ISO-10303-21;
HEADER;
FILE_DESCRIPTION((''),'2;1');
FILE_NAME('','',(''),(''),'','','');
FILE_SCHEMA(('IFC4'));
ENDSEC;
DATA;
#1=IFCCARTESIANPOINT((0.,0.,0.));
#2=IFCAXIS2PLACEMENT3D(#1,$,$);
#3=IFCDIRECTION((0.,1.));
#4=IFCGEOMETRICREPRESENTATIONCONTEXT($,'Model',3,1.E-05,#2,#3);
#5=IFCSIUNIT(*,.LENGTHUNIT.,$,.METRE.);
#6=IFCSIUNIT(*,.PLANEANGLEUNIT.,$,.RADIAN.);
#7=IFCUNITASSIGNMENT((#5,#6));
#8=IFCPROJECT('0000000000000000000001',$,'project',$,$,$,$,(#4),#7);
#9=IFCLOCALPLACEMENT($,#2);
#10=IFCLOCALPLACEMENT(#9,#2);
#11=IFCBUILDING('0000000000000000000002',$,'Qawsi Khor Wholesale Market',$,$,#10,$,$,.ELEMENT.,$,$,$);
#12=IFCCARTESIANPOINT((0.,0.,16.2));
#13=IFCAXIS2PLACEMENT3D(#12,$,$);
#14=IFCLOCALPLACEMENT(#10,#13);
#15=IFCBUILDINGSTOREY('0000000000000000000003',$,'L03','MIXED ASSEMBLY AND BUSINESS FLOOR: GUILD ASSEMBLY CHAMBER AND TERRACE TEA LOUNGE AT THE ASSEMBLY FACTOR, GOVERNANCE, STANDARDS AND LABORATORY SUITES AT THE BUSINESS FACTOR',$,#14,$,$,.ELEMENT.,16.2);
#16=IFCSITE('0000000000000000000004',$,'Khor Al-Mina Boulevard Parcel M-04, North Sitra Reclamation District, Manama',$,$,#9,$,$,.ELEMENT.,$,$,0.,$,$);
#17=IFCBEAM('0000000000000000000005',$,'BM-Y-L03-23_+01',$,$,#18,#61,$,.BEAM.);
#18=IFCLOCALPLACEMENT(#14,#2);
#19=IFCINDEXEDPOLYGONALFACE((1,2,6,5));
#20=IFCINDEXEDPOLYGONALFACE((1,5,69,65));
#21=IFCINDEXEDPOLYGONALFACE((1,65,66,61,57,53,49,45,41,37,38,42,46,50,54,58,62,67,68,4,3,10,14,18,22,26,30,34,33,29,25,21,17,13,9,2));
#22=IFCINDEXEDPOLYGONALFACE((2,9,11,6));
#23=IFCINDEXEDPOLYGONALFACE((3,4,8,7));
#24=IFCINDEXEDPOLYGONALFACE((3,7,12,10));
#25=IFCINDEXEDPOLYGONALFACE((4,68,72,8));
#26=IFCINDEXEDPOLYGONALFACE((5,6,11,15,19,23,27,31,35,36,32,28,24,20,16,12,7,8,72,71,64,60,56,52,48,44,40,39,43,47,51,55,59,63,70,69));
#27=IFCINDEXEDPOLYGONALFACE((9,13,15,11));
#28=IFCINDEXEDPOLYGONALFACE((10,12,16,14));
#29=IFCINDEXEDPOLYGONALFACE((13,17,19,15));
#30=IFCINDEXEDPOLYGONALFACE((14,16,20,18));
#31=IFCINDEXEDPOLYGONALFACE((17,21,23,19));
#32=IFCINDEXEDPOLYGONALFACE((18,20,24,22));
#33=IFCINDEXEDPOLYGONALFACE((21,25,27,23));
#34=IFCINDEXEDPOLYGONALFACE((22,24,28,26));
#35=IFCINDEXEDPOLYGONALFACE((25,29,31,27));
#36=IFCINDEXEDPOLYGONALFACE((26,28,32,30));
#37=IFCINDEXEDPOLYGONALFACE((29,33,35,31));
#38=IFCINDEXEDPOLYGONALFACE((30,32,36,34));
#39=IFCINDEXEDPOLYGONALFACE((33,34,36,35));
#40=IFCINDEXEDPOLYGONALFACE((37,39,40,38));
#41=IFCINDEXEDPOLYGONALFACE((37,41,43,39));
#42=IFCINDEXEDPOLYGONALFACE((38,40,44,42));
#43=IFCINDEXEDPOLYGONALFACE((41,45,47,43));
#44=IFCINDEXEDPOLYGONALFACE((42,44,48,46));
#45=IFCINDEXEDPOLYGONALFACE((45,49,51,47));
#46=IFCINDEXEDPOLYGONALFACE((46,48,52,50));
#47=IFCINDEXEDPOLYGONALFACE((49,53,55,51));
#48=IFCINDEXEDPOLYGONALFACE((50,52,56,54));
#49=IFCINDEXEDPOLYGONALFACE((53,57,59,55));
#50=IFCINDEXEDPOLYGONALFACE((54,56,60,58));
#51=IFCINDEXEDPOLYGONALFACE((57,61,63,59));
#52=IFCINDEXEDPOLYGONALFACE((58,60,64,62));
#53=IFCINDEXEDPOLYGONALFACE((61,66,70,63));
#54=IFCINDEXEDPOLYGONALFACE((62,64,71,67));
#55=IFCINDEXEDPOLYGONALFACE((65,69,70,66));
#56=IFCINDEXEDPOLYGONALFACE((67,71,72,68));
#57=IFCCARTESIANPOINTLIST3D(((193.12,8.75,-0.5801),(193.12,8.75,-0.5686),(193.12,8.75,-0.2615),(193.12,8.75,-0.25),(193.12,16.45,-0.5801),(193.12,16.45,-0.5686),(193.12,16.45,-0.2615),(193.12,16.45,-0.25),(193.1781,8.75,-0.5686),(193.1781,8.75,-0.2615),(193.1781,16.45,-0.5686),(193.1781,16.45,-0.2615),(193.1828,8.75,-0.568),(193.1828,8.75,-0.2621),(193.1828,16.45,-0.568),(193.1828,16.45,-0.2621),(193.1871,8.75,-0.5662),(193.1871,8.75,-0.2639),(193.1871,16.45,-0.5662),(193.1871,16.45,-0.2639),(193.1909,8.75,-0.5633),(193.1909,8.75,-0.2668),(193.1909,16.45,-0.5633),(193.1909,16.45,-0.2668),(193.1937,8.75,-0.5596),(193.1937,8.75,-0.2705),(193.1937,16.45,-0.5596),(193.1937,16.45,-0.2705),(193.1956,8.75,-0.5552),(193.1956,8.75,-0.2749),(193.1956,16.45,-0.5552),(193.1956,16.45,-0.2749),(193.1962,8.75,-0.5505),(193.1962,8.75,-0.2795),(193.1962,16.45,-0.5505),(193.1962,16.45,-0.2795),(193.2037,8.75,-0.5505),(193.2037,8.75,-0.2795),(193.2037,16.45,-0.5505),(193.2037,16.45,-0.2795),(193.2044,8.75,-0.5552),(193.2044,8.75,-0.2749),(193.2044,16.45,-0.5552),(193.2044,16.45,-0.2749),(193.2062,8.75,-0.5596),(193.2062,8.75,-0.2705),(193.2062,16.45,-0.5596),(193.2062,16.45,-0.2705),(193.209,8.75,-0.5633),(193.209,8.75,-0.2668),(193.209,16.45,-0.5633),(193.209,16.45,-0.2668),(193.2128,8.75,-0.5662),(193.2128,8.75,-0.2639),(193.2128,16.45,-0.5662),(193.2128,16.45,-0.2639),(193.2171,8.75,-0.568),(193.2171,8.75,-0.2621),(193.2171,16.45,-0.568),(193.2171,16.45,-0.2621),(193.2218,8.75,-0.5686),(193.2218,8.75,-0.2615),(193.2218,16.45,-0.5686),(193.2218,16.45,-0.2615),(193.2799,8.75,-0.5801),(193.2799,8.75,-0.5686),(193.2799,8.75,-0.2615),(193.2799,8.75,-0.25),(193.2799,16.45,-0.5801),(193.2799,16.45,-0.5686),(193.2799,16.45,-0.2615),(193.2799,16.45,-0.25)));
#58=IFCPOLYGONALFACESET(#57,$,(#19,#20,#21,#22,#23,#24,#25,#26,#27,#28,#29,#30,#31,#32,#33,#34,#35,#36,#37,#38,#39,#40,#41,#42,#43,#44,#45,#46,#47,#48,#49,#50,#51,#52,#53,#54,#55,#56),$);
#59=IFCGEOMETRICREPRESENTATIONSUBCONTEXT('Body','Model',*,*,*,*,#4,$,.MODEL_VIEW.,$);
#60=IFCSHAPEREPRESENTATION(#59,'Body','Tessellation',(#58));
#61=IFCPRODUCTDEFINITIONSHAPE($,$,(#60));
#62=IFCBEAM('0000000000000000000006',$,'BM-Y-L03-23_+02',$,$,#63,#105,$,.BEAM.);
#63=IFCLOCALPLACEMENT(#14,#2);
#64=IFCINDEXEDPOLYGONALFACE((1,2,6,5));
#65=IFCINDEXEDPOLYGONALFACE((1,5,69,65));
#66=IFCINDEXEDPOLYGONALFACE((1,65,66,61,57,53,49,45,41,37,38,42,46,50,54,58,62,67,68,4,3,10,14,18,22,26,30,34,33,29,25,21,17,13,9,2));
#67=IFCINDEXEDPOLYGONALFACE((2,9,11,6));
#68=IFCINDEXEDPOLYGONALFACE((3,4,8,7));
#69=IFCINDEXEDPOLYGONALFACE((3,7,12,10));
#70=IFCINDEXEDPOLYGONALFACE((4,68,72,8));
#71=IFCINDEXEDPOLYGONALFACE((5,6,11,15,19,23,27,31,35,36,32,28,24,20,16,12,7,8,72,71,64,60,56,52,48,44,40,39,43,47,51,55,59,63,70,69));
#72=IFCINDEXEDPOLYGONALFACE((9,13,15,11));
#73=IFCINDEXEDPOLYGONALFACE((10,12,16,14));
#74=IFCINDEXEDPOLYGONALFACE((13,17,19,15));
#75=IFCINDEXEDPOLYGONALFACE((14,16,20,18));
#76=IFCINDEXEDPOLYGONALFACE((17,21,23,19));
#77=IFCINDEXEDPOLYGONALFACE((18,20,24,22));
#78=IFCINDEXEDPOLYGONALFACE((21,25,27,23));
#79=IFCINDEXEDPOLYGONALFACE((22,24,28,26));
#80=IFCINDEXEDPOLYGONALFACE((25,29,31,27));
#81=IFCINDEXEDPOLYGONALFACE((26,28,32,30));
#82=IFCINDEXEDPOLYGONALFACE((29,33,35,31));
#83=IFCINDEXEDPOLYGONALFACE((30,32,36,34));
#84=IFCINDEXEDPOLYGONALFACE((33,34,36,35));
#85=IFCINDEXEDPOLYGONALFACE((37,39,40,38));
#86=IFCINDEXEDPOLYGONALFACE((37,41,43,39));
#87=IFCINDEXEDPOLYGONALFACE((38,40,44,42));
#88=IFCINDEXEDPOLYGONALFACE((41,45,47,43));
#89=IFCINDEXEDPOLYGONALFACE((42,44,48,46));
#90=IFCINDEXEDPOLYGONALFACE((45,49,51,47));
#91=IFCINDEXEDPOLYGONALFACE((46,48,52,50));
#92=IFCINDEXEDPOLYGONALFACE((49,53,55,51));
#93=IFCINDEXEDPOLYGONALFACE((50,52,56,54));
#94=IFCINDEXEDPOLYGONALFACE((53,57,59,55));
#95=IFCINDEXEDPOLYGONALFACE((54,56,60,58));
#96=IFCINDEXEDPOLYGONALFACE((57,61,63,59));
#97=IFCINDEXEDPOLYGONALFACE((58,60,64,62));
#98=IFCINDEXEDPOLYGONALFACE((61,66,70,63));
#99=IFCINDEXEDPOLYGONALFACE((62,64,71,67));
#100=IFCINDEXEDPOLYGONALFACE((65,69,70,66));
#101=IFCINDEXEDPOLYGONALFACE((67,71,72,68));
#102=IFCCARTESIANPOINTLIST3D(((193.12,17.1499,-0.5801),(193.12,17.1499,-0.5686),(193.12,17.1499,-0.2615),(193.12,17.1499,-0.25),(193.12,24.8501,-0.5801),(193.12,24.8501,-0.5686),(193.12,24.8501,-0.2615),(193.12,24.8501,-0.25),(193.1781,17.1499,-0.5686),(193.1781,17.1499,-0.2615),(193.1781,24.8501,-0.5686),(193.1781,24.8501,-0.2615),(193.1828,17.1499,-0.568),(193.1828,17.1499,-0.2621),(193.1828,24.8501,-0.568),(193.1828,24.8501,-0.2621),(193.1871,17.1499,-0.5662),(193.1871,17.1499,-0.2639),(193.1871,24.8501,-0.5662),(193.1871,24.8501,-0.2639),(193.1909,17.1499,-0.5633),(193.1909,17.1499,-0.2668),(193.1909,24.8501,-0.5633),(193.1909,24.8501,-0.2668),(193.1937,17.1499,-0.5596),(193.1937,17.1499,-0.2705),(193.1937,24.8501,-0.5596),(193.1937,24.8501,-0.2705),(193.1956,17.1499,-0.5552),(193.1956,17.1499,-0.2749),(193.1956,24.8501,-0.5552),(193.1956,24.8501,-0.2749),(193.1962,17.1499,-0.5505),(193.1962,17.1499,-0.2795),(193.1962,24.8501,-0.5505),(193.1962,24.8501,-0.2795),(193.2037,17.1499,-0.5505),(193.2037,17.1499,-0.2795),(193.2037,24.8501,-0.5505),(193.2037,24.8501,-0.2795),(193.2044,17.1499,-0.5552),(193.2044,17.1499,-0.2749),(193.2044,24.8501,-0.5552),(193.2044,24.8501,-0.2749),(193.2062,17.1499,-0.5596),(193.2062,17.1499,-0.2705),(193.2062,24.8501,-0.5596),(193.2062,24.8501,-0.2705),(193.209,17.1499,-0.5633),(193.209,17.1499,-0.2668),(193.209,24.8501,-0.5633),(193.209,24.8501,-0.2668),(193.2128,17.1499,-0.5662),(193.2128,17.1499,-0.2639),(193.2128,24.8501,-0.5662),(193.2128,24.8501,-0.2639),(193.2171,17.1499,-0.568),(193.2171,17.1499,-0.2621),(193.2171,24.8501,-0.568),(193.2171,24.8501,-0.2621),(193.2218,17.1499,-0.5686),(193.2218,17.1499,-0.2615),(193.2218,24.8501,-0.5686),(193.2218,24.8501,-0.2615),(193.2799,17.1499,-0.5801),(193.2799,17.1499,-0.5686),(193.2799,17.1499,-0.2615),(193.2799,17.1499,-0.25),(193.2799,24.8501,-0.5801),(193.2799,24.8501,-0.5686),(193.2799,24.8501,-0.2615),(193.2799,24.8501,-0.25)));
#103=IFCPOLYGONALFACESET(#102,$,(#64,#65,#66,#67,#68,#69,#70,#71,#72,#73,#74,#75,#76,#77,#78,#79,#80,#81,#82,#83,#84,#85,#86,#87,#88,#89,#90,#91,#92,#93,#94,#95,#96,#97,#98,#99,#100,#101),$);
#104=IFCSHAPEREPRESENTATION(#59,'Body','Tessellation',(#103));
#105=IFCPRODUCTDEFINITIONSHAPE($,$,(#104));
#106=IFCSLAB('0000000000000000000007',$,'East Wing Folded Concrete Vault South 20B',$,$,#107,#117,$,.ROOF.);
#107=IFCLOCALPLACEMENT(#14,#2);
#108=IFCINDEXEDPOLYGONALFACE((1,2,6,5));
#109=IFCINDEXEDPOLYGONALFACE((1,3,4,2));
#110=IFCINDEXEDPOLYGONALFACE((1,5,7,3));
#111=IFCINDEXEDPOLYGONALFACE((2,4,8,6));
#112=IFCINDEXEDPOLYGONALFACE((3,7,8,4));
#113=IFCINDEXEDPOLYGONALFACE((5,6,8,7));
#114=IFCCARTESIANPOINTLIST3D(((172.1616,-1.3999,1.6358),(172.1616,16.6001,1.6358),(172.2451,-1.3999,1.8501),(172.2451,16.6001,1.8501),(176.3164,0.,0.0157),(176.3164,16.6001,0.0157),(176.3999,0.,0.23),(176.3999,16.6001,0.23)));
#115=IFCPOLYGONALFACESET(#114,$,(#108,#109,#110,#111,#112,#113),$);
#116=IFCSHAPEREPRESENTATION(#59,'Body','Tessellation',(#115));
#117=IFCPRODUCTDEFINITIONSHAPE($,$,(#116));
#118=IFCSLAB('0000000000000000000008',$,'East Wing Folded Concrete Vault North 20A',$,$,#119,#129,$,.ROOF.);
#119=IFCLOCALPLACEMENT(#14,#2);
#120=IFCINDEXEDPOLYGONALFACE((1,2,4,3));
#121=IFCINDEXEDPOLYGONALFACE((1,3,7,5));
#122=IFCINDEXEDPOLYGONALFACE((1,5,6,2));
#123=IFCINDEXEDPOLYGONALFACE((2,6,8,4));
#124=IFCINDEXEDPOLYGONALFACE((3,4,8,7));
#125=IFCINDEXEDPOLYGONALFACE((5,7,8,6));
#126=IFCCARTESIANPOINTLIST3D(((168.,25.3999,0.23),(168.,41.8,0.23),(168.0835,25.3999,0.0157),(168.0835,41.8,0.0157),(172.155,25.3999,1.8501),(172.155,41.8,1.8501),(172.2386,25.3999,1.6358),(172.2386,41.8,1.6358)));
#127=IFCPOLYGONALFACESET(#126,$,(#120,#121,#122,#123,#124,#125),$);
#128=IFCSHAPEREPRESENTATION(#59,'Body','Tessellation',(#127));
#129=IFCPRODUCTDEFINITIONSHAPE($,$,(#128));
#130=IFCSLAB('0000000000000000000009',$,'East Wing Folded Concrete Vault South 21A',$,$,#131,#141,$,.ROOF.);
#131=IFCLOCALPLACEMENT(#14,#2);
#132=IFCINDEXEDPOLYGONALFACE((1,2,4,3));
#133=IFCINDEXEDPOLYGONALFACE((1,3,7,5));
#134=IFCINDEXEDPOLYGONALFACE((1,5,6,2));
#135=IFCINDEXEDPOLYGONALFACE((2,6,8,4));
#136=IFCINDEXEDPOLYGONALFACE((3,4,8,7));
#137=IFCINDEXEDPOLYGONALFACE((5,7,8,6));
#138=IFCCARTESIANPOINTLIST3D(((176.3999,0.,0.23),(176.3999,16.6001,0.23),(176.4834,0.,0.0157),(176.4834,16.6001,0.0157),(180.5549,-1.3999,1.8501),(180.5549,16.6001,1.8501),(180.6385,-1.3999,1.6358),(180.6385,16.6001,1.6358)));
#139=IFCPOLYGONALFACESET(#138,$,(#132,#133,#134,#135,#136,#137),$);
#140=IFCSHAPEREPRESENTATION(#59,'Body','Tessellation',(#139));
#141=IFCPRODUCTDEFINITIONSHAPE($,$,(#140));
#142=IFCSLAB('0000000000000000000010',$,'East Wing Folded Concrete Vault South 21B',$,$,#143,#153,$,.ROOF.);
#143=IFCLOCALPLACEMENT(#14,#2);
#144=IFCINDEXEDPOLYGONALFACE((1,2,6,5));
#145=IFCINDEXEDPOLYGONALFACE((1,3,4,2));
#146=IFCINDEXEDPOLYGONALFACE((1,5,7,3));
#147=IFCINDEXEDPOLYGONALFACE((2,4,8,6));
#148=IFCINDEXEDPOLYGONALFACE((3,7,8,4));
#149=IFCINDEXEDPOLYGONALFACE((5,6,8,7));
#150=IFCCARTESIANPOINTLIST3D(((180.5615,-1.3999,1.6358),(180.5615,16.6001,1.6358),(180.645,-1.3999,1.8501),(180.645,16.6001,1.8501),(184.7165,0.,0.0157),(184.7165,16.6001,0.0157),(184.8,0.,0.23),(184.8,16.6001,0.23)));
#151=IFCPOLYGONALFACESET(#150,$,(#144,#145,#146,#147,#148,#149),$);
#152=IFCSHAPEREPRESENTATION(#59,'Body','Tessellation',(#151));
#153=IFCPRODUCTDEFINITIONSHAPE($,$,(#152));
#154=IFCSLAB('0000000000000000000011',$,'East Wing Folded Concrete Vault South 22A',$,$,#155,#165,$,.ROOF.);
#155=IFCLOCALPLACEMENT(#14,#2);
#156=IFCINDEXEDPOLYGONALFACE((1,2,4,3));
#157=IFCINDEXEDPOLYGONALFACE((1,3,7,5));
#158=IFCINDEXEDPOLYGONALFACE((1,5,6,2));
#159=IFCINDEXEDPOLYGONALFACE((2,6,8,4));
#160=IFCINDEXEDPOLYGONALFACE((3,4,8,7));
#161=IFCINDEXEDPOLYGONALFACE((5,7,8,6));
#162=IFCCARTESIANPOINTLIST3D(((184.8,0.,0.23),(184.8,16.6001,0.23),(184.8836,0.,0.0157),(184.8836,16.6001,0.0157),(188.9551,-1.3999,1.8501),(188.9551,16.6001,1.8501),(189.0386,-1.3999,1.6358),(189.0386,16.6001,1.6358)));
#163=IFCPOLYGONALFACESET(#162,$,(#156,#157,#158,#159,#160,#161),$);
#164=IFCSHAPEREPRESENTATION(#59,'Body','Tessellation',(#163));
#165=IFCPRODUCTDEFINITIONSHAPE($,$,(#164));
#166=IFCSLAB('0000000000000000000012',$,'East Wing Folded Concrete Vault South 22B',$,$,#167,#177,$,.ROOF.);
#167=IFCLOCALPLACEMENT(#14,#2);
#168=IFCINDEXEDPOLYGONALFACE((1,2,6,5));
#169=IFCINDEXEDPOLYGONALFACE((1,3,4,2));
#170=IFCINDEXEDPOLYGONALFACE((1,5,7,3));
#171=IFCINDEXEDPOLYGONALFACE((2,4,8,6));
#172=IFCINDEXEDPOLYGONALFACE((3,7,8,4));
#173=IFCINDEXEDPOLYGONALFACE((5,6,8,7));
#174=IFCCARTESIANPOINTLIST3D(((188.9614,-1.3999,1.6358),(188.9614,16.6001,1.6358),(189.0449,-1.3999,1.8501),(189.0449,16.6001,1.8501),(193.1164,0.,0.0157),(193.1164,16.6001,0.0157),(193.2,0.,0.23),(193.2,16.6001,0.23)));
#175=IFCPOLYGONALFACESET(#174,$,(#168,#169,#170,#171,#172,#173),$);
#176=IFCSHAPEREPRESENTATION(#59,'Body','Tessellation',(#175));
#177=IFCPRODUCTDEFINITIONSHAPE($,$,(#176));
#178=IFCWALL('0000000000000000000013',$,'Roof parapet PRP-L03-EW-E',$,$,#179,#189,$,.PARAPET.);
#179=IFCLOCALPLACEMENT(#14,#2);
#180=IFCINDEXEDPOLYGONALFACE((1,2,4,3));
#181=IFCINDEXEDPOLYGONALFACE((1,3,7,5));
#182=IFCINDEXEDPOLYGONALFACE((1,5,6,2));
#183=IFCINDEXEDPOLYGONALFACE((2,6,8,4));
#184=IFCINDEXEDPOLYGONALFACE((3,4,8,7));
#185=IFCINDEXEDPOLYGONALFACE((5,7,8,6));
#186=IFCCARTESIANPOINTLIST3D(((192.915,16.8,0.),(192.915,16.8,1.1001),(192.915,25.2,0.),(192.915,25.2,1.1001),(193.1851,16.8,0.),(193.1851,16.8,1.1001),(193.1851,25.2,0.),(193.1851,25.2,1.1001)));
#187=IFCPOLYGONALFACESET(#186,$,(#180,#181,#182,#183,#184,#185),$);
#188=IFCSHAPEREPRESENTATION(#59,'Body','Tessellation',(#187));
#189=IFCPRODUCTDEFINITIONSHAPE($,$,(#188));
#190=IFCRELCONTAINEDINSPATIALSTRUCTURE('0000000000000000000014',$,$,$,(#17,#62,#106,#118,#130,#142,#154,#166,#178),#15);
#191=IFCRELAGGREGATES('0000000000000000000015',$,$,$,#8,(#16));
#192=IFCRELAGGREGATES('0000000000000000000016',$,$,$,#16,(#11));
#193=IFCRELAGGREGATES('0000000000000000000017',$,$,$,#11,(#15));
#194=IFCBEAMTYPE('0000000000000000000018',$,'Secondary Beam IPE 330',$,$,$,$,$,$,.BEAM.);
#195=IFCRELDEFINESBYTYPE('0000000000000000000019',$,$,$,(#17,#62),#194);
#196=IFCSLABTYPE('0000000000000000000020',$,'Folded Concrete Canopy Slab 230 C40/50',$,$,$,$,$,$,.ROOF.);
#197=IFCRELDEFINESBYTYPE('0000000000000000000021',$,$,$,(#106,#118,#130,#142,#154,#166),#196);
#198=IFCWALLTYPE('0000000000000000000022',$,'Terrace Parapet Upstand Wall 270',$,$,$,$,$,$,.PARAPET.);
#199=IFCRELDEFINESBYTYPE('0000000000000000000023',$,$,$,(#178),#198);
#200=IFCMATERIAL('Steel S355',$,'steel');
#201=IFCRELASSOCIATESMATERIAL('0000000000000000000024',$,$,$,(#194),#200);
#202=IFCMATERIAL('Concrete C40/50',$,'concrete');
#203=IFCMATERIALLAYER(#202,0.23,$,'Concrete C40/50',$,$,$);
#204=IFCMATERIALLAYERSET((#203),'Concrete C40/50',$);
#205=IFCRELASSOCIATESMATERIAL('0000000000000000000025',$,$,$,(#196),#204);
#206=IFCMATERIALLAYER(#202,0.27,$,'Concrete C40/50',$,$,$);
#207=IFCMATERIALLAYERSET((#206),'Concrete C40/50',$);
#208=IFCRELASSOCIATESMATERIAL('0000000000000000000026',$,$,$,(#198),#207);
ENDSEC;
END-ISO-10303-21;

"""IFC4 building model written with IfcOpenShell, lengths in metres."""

from ifc_helpers import new_model, si_unit, direction, frame, frame_2d, origin, origin_2d, place, context, subcontext, project, spatial, polyline, rectangle, i_section, outline, extrude, material, layer, layer_set, material_profile, profile_set, type_object, element, save


model = new_model("IFC4")

# Units and contexts
model_context = context("Model", 3, precision=1e-05, world=origin(), true_north=direction((0.0, 1.0)))
body_context = subcontext(model_context, "Body", "Model", "MODEL_VIEW")
ifc_project = project(units=[si_unit("LENGTHUNIT", "METRE"), si_unit("PLANEANGLEUNIT", "RADIAN")], contexts=[model_context])

# Site, building, storey
site_placement = place(None, origin())
site = spatial("IfcSite", under=ifc_project, at=site_placement, Name="Khor Al-Mina Boulevard Parcel M-04, North Sitra Reclamation District, Manama", CompositionType="ELEMENT", RefElevation=0.0)
building_placement = place(site_placement, origin())
building = spatial("IfcBuilding", under=site, at=building_placement, Name="Qawsi Khor Wholesale Market", CompositionType="ELEMENT")
storey_placement = place(building_placement, frame((0.0, 0.0, 16.2)))
storey = spatial("IfcBuildingStorey", under=building, at=storey_placement, Name="L03", Description="MIXED ASSEMBLY AND BUSINESS FLOOR: GUILD ASSEMBLY CHAMBER AND TERRACE TEA LOUNGE AT THE ASSEMBLY FACTOR, GOVERNANCE, STANDARDS AND LABORATORY SUITES AT THE BUSINESS FACTOR", CompositionType="ELEMENT", Elevation=16.2)

# Shared definitions
ifc_material_1 = material(Name="Steel S355", Category="steel")

# Beams
ifc_material_profile_1 = material_profile(ifc_material_1, i_section(OverallWidth=0.1599, OverallDepth=0.3301, WebThickness=0.0076, FlangeThickness=0.0115, FilletRadius=0.0181, at=origin_2d()), Name="IPE 330")
ifc_profile_set_1 = profile_set([ifc_material_profile_1], Name="Steel S355")
beam_type_1 = type_object("IfcBeamType", Name="Secondary Beam IPE 330", PredefinedType="BEAM", material=ifc_profile_set_1)
for number, where, z_axis, x_axis, name in (
    (1, (193.2, 8.75, -0.415), (0.0, 1.0, 0.0), (-1.0, 0.0, 0.0), "BM-Y-L03-23_+01"),
):
    element("IfcBeam", number, at=place(storey_placement, frame(where, z_axis=z_axis, x_axis=x_axis)), inside=storey, type_object=beam_type_1, Name=name, PredefinedType="BEAM", context=body_context, shape_type="SweptSolid", body=[
        extrude(i_section(OverallWidth=0.1599, OverallDepth=0.3301, WebThickness=0.0076, FlangeThickness=0.0115, FilletRadius=0.0181, at=origin_2d()), origin(), (0.0, 0.0, 1.0), 7.7),
    ])
beam_1_placement = place(storey_placement, frame((193.2, 17.1499, -0.415), z_axis=(0.0, 1.0, 0.0), x_axis=(-1.0, 0.0, 0.0)))
element("IfcBeam", 2, at=beam_1_placement, inside=storey, type_object=beam_type_1, Name="BM-Y-L03-23_+02", PredefinedType="BEAM", context=body_context, shape_type="SweptSolid", body=[
    extrude(i_section(OverallWidth=0.1599, OverallDepth=0.3301, WebThickness=0.0076, FlangeThickness=0.0115, FilletRadius=0.0181, at=origin_2d()), origin(), (0.0, 0.0, 1.0), 7.7002),
])

# Slabs
ifc_material_2 = material(Name="Concrete C40/50", Category="concrete")
ifc_layer_1 = layer(ifc_material_2, 0.23, Name="Concrete C40/50")
ifc_layer_set_1 = layer_set([ifc_layer_1], Name="Concrete C40/50")
slab_type = type_object("IfcSlabType", Name="Folded Concrete Canopy Slab 230 C40/50", PredefinedType="ROOF", material=ifc_layer_set_1)
slab_1_placement = place(storey_placement, frame((172.2451, -1.3999, 1.8501), z_axis=(0.363297, 0.0, 0.931673), x_axis=(0.888905, 0.299505, -0.34662)))
element("IfcSlab", 3, at=slab_1_placement, inside=storey, type_object=slab_type, Name="East Wing Folded Concrete Vault South 20B", PredefinedType="ROOF", context=body_context, shape_type="SweptSolid", body=[
    extrude(outline(polyline([(0.0, 0.0), (4.6741, 0.0), (9.6459, 15.8381), (5.3911, 17.1737), (0.0, 0.0)])), origin(), (0.0, 0.0, -1.0), 0.23),
])
slab_2_placement = place(storey_placement, frame((168.0, 25.3999, 0.23), z_axis=(-0.363278, 0.0, 0.931681), x_axis=(0.931681, 0.0, 0.363278)))
element("IfcSlab", 4, at=slab_2_placement, inside=storey, type_object=slab_type, Name="East Wing Folded Concrete Vault North 20A", PredefinedType="ROOF", context=body_context, shape_type="SweptSolid", body=[
    extrude(outline(polyline([(0.0, 0.0), (4.4597, 0.0), (4.4597, 16.4001), (0.0, 16.4001), (0.0, 0.0)])), origin(), (0.0, 0.0, -1.0), 0.23),
])
slab_3_placement = place(storey_placement, frame((176.3999, 0.0, 0.23), z_axis=(-0.363278, 0.0, 0.931681), x_axis=(0.888916, -0.299491, 0.346603)))
element("IfcSlab", 5, at=slab_3_placement, inside=storey, type_object=slab_type, Name="East Wing Folded Concrete Vault South 21A", PredefinedType="ROOF", context=body_context, shape_type="SweptSolid", body=[
    extrude(outline(polyline([(0.0, 0.0), (4.6743, 0.0), (-0.7166, 17.1738), (-4.9716, 15.8381), (0.0, 0.0)])), origin(), (0.0, 0.0, -1.0), 0.23),
])
slab_4_placement = place(storey_placement, frame((180.645, -1.3999, 1.8501), z_axis=(0.363278, 0.0, 0.931681), x_axis=(0.888916, 0.299491, -0.346603)))
element("IfcSlab", 6, at=slab_4_placement, inside=storey, type_object=slab_type, Name="East Wing Folded Concrete Vault South 21B", PredefinedType="ROOF", context=body_context, shape_type="SweptSolid", body=[
    extrude(outline(polyline([(0.0, 0.0), (4.6743, 0.0), (9.6459, 15.8381), (5.3908, 17.1738), (0.0, 0.0)])), origin(), (0.0, 0.0, -1.0), 0.23),
])
slab_5_placement = place(storey_placement, frame((184.8, 0.0, 0.23), z_axis=(-0.363278, 0.0, 0.931681), x_axis=(0.888916, -0.299491, 0.346603)))
element("IfcSlab", 7, at=slab_5_placement, inside=storey, type_object=slab_type, Name="East Wing Folded Concrete Vault South 22A", PredefinedType="ROOF", context=body_context, shape_type="SweptSolid", body=[
    extrude(outline(polyline([(0.0, 0.0), (4.6743, 0.0), (-0.7166, 17.1738), (-4.9716, 15.8381), (0.0, 0.0)])), origin(), (0.0, 0.0, -1.0), 0.23),
])
slab_6_placement = place(storey_placement, frame((189.0449, -1.3999, 1.8501), z_axis=(0.363278, 0.0, 0.931681), x_axis=(0.888916, 0.299491, -0.346603)))
element("IfcSlab", 8, at=slab_6_placement, inside=storey, type_object=slab_type, Name="East Wing Folded Concrete Vault South 22B", PredefinedType="ROOF", context=body_context, shape_type="SweptSolid", body=[
    extrude(outline(polyline([(0.0, 0.0), (4.6743, 0.0), (9.6459, 15.8381), (5.3908, 17.1738), (0.0, 0.0)])), origin(), (0.0, 0.0, -1.0), 0.23),
])

# Wall
ifc_layer_2 = layer(ifc_material_2, 0.27, Name="Concrete C40/50")
ifc_layer_set_2 = layer_set([ifc_layer_2], Name="Concrete C40/50")
wall_type = type_object("IfcWallType", Name="Terrace Parapet Upstand Wall 270", PredefinedType="PARAPET", material=ifc_layer_set_2)
wall_placement = place(storey_placement, frame((193.05, 16.8, 0.0), z_axis=(0.0, 0.0, 1.0), x_axis=(0.0, 1.0, 0.0)))
element("IfcWall", 9, at=wall_placement, inside=storey, type_object=wall_type, Name="Roof parapet PRP-L03-EW-E", PredefinedType="PARAPET", context=body_context, shape_type="SweptSolid", body=[
    extrude(rectangle(XDim=8.3999, YDim=0.27, at=frame_2d((4.2, 0.0))), origin(), (0.0, 0.0, 1.0), 1.1001),
])

save(model, "model.ifc")
